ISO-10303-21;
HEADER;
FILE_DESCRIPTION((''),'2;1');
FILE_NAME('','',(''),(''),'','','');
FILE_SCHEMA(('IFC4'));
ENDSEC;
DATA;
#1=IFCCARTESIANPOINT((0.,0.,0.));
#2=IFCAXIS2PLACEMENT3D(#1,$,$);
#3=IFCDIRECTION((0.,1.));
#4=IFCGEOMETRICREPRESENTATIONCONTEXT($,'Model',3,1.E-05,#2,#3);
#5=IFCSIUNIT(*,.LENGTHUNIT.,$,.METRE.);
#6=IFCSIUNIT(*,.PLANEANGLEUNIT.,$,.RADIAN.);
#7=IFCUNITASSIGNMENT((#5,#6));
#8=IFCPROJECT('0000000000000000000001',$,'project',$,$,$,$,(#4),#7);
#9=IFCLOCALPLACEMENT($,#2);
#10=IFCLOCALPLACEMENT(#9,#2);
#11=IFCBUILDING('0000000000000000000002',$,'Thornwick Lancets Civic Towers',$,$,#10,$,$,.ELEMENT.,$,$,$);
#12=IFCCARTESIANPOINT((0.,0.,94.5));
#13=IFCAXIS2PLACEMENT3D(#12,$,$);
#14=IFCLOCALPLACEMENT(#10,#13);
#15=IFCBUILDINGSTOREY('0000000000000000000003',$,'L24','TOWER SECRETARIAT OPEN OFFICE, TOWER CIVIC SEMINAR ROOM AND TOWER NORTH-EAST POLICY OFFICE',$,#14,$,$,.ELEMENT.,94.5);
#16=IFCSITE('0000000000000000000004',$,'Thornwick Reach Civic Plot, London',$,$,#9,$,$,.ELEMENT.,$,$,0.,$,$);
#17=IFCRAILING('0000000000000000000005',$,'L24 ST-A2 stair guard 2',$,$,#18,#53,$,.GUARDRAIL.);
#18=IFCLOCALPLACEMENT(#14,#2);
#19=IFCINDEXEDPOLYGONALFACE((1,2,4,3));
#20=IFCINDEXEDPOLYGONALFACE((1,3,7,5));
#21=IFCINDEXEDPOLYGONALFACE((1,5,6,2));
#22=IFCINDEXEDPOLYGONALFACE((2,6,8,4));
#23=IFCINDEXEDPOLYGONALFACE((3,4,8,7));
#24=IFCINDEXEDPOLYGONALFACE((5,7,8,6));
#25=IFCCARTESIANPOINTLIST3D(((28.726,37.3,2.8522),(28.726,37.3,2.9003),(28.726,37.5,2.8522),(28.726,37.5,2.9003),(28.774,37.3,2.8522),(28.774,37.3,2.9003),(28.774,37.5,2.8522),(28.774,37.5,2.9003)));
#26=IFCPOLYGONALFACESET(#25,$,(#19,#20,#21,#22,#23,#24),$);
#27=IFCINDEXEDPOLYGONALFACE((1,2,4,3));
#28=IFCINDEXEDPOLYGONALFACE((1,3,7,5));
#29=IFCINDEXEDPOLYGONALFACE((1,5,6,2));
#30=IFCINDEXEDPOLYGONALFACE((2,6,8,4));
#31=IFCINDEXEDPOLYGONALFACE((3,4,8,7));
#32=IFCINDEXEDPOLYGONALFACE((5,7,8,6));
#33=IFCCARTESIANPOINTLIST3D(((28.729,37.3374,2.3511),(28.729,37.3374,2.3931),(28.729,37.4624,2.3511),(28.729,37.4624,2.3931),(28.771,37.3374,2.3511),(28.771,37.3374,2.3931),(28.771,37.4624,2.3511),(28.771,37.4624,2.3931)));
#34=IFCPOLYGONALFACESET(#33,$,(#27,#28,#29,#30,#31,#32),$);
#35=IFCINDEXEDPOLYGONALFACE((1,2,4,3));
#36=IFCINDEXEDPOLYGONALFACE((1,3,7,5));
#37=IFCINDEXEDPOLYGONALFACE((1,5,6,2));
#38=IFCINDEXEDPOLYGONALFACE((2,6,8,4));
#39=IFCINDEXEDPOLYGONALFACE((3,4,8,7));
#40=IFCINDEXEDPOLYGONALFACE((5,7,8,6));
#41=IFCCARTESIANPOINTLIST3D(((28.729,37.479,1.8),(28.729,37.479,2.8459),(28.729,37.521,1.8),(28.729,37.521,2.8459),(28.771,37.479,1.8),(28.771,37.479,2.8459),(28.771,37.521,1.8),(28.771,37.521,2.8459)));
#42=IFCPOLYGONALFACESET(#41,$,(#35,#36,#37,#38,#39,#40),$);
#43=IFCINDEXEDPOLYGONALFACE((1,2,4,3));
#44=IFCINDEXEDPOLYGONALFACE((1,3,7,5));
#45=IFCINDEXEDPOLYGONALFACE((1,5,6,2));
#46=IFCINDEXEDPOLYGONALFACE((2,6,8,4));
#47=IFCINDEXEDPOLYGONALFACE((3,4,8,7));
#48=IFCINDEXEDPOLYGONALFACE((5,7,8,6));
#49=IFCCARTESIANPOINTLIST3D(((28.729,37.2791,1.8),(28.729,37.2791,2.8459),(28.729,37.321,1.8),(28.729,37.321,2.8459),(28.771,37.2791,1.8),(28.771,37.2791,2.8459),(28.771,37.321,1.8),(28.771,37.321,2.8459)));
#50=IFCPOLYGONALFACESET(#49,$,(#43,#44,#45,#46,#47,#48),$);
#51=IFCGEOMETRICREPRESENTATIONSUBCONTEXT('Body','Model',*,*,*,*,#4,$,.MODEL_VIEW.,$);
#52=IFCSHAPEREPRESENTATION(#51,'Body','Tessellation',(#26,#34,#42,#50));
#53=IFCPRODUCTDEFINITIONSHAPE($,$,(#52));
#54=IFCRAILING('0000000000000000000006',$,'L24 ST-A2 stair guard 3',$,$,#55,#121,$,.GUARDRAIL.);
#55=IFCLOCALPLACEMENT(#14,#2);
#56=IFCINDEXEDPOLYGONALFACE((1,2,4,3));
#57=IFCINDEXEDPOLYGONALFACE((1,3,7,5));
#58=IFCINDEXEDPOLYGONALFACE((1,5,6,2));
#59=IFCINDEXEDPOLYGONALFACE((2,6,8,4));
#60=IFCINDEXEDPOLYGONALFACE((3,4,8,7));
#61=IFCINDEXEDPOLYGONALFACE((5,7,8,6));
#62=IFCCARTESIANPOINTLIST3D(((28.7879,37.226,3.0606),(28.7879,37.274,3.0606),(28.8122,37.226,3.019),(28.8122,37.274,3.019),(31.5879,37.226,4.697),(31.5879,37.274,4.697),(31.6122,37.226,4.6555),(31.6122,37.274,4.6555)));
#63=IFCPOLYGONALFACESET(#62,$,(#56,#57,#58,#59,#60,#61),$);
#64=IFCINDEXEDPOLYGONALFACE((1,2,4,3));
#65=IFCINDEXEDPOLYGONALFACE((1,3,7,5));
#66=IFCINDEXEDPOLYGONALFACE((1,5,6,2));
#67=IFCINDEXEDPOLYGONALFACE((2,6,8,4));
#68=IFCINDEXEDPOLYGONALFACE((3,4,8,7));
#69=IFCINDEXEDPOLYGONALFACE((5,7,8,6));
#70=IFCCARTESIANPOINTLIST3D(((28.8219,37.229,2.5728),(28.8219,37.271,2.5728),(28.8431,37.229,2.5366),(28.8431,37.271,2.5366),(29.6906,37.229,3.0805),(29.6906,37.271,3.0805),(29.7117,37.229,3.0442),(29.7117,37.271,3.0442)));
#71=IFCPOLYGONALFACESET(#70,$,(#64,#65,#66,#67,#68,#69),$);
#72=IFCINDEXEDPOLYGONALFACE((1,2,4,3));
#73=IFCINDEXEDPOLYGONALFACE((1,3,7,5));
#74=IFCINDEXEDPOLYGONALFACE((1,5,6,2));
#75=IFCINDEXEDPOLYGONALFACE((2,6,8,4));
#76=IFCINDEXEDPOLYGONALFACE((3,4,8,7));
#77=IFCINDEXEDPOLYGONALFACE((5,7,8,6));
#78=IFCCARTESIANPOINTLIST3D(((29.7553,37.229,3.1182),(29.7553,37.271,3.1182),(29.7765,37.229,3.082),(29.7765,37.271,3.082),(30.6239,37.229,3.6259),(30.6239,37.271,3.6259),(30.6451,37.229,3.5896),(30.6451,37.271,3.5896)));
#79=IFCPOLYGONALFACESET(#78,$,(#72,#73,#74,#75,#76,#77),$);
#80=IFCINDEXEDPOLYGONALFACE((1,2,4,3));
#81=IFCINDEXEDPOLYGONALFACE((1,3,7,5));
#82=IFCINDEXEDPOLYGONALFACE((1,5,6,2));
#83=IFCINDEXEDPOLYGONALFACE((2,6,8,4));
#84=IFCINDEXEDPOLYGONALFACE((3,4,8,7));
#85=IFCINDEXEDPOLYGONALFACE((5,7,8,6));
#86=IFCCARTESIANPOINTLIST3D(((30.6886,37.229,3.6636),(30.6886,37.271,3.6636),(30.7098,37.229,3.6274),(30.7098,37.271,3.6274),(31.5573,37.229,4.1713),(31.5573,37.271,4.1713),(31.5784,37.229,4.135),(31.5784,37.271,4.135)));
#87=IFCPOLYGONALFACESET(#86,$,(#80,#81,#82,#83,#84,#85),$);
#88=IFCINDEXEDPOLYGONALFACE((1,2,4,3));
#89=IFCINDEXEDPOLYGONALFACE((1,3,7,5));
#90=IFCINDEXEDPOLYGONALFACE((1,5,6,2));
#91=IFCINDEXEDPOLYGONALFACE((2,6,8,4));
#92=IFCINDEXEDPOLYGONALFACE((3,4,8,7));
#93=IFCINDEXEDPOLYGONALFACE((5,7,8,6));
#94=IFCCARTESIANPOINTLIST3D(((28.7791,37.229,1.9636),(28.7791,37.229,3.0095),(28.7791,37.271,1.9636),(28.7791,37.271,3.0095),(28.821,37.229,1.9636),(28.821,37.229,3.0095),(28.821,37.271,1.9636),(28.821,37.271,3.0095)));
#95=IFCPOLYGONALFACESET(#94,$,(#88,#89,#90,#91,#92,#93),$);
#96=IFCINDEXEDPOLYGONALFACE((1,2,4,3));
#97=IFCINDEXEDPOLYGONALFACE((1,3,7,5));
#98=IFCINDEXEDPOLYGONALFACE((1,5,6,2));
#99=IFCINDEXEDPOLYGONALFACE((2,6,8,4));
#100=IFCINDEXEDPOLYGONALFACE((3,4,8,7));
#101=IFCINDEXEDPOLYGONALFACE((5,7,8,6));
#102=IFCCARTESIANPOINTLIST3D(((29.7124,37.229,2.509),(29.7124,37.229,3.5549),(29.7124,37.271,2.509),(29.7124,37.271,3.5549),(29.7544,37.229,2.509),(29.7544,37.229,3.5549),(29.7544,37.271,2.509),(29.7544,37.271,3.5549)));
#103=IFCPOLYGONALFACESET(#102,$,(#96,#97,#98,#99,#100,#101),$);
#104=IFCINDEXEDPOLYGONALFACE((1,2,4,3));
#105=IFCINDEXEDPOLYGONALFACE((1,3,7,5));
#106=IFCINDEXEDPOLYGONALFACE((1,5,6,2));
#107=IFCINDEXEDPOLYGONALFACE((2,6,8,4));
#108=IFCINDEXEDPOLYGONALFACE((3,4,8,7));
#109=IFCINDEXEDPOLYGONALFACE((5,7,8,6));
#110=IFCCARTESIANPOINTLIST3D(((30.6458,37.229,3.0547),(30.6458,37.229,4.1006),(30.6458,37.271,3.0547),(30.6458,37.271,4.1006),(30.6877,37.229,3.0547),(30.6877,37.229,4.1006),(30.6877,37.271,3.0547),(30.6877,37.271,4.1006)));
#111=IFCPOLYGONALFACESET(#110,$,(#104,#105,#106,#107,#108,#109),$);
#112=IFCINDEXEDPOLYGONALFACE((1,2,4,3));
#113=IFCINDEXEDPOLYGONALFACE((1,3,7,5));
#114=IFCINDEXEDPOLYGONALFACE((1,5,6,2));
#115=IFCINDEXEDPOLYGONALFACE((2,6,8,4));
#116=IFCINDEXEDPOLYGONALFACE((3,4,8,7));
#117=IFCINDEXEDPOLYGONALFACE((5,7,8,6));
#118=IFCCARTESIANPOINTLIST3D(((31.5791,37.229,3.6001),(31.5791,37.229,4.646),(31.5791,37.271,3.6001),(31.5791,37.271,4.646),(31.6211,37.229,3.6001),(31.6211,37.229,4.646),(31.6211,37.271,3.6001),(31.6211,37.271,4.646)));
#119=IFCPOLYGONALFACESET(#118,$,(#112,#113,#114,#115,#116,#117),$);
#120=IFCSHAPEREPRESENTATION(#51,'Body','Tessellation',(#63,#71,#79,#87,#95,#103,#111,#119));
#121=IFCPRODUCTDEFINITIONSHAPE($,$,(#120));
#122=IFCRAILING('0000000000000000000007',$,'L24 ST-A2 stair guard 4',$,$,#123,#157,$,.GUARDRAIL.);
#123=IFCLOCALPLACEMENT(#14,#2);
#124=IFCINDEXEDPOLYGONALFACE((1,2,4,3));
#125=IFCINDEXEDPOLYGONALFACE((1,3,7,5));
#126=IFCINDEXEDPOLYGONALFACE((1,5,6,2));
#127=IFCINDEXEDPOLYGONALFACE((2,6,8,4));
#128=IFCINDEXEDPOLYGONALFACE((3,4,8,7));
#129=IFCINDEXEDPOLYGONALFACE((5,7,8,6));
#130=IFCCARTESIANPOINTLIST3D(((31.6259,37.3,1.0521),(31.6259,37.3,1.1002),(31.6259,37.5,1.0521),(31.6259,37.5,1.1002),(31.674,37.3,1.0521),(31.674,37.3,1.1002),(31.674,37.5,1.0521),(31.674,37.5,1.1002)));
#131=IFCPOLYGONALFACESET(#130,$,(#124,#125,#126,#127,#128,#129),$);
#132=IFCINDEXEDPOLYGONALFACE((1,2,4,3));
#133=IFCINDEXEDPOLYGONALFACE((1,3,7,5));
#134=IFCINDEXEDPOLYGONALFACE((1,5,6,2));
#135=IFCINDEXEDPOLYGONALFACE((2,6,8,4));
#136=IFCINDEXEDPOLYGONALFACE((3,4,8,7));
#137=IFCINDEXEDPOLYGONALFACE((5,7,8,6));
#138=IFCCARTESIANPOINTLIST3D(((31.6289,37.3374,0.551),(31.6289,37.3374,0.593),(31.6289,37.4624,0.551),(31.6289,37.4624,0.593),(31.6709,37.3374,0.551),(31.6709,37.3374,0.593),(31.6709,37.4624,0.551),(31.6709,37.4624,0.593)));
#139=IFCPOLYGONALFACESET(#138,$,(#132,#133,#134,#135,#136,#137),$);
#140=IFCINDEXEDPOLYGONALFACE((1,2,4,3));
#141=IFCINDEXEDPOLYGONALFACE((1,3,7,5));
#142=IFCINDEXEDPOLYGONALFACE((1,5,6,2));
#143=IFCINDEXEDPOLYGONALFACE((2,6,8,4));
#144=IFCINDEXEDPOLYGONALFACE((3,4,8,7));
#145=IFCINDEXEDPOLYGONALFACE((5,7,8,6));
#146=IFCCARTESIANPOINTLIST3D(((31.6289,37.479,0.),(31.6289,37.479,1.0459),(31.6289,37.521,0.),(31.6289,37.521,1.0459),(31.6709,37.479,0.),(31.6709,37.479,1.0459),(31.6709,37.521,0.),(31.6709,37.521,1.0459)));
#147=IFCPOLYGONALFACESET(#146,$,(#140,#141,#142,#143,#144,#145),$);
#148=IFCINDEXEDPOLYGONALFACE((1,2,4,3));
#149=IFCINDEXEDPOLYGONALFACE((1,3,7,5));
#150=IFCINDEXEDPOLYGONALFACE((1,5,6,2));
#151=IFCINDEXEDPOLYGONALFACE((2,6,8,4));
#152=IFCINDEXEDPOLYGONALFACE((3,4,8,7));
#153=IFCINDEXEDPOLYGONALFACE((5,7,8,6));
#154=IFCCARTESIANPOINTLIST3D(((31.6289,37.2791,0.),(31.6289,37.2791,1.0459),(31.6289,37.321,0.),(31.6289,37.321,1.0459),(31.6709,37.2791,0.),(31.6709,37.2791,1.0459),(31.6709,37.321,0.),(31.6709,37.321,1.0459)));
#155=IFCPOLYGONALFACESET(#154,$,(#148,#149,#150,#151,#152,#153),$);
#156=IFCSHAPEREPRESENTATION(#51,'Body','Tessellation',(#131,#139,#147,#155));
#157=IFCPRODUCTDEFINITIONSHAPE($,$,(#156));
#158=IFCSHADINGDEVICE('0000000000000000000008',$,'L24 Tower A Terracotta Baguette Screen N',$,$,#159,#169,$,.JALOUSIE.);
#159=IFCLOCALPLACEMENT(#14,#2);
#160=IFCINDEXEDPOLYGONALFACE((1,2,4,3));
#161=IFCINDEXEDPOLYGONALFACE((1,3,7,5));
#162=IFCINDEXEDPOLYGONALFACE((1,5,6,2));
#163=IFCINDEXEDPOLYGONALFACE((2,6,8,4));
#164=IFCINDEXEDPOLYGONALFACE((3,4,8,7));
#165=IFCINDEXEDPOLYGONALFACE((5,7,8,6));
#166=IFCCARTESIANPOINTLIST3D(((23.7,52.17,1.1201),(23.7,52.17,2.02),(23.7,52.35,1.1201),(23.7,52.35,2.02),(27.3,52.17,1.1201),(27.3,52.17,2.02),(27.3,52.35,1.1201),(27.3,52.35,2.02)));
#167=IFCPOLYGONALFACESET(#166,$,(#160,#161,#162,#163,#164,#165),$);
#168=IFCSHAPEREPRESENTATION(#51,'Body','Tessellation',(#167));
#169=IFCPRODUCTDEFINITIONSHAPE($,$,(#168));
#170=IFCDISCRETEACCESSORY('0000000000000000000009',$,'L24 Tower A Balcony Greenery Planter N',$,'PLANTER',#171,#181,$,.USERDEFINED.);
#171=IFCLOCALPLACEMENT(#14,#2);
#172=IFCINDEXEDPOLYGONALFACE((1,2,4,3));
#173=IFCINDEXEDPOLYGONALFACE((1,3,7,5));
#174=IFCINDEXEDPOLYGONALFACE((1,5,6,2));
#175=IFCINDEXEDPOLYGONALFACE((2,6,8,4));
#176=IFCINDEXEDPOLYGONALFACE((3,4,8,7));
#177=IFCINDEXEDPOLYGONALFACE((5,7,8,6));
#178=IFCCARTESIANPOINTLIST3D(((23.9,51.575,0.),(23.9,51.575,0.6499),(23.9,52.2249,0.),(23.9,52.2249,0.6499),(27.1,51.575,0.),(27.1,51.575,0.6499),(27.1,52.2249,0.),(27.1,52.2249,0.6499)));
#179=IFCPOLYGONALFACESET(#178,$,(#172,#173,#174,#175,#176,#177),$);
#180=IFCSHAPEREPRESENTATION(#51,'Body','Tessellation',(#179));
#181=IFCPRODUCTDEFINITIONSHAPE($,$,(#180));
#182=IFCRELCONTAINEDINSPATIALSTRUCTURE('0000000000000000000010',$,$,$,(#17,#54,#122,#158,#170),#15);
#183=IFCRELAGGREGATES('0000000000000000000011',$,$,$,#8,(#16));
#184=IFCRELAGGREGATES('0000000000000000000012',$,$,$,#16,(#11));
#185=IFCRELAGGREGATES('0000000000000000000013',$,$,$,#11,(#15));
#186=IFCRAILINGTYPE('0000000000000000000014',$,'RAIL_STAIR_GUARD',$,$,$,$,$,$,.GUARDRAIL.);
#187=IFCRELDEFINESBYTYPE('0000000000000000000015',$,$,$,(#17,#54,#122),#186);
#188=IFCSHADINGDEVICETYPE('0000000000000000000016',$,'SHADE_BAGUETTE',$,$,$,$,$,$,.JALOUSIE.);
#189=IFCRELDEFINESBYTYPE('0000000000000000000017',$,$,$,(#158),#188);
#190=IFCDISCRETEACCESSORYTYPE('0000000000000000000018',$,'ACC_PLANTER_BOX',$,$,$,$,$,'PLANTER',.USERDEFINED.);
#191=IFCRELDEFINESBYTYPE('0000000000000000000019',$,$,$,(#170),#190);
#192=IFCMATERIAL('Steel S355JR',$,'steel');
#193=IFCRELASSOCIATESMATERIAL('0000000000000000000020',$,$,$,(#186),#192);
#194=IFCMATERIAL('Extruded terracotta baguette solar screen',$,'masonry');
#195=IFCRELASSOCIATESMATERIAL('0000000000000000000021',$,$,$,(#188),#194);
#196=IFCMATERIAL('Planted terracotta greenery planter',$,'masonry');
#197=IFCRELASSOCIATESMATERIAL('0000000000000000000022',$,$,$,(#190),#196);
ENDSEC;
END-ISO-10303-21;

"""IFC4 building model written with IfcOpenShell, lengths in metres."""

from ifc_helpers import new_model, si_unit, direction, frame, origin, origin_2d, place, context, subcontext, project, spatial, rectangle, extrude, material, type_object, element, save


model = new_model("IFC4")

# Units and contexts
model_context = context("Model", 3, precision=1e-05, world=origin(), true_north=direction((0.0, 1.0)))
body_context = subcontext(model_context, "Body", "Model", "MODEL_VIEW")
ifc_project = project(units=[si_unit("LENGTHUNIT", "METRE"), si_unit("PLANEANGLEUNIT", "RADIAN")], contexts=[model_context])

# Site, building, storey
site_placement = place(None, origin())
site = spatial("IfcSite", under=ifc_project, at=site_placement, Name="Thornwick Reach Civic Plot, London", CompositionType="ELEMENT", RefElevation=0.0)
building_placement = place(site_placement, origin())
building = spatial("IfcBuilding", under=site, at=building_placement, Name="Thornwick Lancets Civic Towers", CompositionType="ELEMENT")
storey_placement = place(building_placement, frame((0.0, 0.0, 94.5)))
storey = spatial("IfcBuildingStorey", under=building, at=storey_placement, Name="L24", Description="TOWER SECRETARIAT OPEN OFFICE, TOWER CIVIC SEMINAR ROOM AND TOWER NORTH-EAST POLICY OFFICE", CompositionType="ELEMENT", Elevation=94.5)

# Shared definitions
ifc_material_1 = material(Name="Steel S355JR", Category="steel")

# Railings
railing_type_1 = type_object("IfcRailingType", Name="RAIL_STAIR_GUARD", PredefinedType="GUARDRAIL", material=ifc_material_1)
railing_1_placement = place(storey_placement, frame((28.75, 37.5, 1.8)))
element("IfcRailing", 1, at=railing_1_placement, inside=storey, type_object=railing_type_1, Name="L24 ST-A2 stair guard 2", PredefinedType="GUARDRAIL", context=body_context, shape_type="SweptSolid", body=[
    extrude(rectangle(XDim=0.0481, YDim=0.0481, at=origin_2d()), frame((0.0, 0.0, 1.0762), z_axis=(0.0, -1.0, 0.0), x_axis=(1.0, 0.0, 0.0)), (0.0, 0.0, 1.0), 0.2),
    extrude(rectangle(XDim=0.042, YDim=0.042, at=origin_2d()), frame((0.0, -0.0376, 0.572), z_axis=(0.0, -1.0, 0.0), x_axis=(1.0, 0.0, 0.0)), (0.0, 0.0, 1.0), 0.125),
    extrude(rectangle(XDim=0.042, YDim=0.042, at=origin_2d()), origin(), (0.0, 0.0, 1.0), 1.0459),
    extrude(rectangle(XDim=0.042, YDim=0.042, at=origin_2d()), frame((0.0, -0.2, 0.0)), (0.0, 0.0, 1.0), 1.0459),
])
railing_2_placement = place(storey_placement, frame((28.8, 37.25, 1.9636)))
element("IfcRailing", 2, at=railing_2_placement, inside=storey, type_object=railing_type_1, Name="L24 ST-A2 stair guard 3", PredefinedType="GUARDRAIL", context=body_context, shape_type="SweptSolid", body=[
    extrude(rectangle(XDim=0.0481, YDim=0.0481, at=origin_2d()), frame((0.0, 0.0, 1.0762), z_axis=(0.863361, 0.0, 0.504587), x_axis=(0.0, 1.0, 0.0)), (0.0, 0.0, 1.0), 3.2432),
    extrude(rectangle(XDim=0.042, YDim=0.042, at=origin_2d()), frame((0.0325, 0.0, 0.5911), z_axis=(0.863361, 0.0, 0.504587), x_axis=(0.0, 1.0, 0.0)), (0.0, 0.0, 1.0), 1.0061),
    extrude(rectangle(XDim=0.042, YDim=0.042, at=origin_2d()), frame((0.9658, 0.0, 1.1365), z_axis=(0.863361, 0.0, 0.504587), x_axis=(0.0, 1.0, 0.0)), (0.0, 0.0, 1.0), 1.0061),
    extrude(rectangle(XDim=0.042, YDim=0.042, at=origin_2d()), frame((1.8992, 0.0, 1.6819), z_axis=(0.863361, 0.0, 0.504587), x_axis=(0.0, 1.0, 0.0)), (0.0, 0.0, 1.0), 1.0061),
    extrude(rectangle(XDim=0.042, YDim=0.042, at=origin_2d()), origin(), (0.0, 0.0, 1.0), 1.0459),
    extrude(rectangle(XDim=0.042, YDim=0.042, at=origin_2d()), frame((0.9333, 0.0, 0.5454)), (0.0, 0.0, 1.0), 1.0459),
    extrude(rectangle(XDim=0.042, YDim=0.042, at=origin_2d()), frame((1.8667, 0.0, 1.0911)), (0.0, 0.0, 1.0), 1.0459),
    extrude(rectangle(XDim=0.042, YDim=0.042, at=origin_2d()), frame((2.8, 0.0, 1.6365)), (0.0, 0.0, 1.0), 1.0459),
])
railing_3_placement = place(storey_placement, frame((31.6499, 37.5, 0.0)))
element("IfcRailing", 3, at=railing_3_placement, inside=storey, type_object=railing_type_1, Name="L24 ST-A2 stair guard 4", PredefinedType="GUARDRAIL", context=body_context, shape_type="SweptSolid", body=[
    extrude(rectangle(XDim=0.0481, YDim=0.0481, at=origin_2d()), frame((0.0, 0.0, 1.0762), z_axis=(0.0, -1.0, 0.0), x_axis=(1.0, 0.0, 0.0)), (0.0, 0.0, 1.0), 0.2),
    extrude(rectangle(XDim=0.042, YDim=0.042, at=origin_2d()), frame((0.0, -0.0376, 0.572), z_axis=(0.0, -1.0, 0.0), x_axis=(1.0, 0.0, 0.0)), (0.0, 0.0, 1.0), 0.125),
    extrude(rectangle(XDim=0.042, YDim=0.042, at=origin_2d()), origin(), (0.0, 0.0, 1.0), 1.0459),
    extrude(rectangle(XDim=0.042, YDim=0.042, at=origin_2d()), frame((0.0, -0.2, 0.0)), (0.0, 0.0, 1.0), 1.0459),
])

# Shading device
ifc_material_2 = material(Name="Extruded terracotta baguette solar screen", Category="masonry")
shading_device_type = type_object("IfcShadingDeviceType", Name="SHADE_BAGUETTE", PredefinedType="JALOUSIE", material=ifc_material_2)
shading_device_placement = place(storey_placement, frame((25.5, 52.26, 1.1201), z_axis=(0.0, 0.0, 1.0), x_axis=(1.0, 0.0, 0.0)))
element("IfcShadingDevice", 4, at=shading_device_placement, inside=storey, type_object=shading_device_type, Name="L24 Tower A Terracotta Baguette Screen N", PredefinedType="JALOUSIE", context=body_context, shape_type="SweptSolid", body=[
    extrude(rectangle(XDim=3.6001, YDim=0.1799, at=origin_2d()), origin(), (0.0, 0.0, 1.0), 0.8999),
])

# Discrete accessory
ifc_material_3 = material(Name="Planted terracotta greenery planter", Category="masonry")
discrete_accessory_type = type_object("IfcDiscreteAccessoryType", Name="ACC_PLANTER_BOX", ElementType="PLANTER", PredefinedType="USERDEFINED", material=ifc_material_3)
discrete_accessory_placement = place(storey_placement, frame((25.5, 51.8999, 0.0), z_axis=(0.0, 0.0, 1.0), x_axis=(1.0, 0.0, 0.0)))
element("IfcDiscreteAccessory", 5, at=discrete_accessory_placement, inside=storey, type_object=discrete_accessory_type, Name="L24 Tower A Balcony Greenery Planter N", ObjectType="PLANTER", PredefinedType="USERDEFINED", context=body_context, shape_type="SweptSolid", body=[
    extrude(rectangle(XDim=3.2, YDim=0.6499, at=origin_2d()), origin(), (0.0, 0.0, 1.0), 0.6499),
])

save(model, "model.ifc")
